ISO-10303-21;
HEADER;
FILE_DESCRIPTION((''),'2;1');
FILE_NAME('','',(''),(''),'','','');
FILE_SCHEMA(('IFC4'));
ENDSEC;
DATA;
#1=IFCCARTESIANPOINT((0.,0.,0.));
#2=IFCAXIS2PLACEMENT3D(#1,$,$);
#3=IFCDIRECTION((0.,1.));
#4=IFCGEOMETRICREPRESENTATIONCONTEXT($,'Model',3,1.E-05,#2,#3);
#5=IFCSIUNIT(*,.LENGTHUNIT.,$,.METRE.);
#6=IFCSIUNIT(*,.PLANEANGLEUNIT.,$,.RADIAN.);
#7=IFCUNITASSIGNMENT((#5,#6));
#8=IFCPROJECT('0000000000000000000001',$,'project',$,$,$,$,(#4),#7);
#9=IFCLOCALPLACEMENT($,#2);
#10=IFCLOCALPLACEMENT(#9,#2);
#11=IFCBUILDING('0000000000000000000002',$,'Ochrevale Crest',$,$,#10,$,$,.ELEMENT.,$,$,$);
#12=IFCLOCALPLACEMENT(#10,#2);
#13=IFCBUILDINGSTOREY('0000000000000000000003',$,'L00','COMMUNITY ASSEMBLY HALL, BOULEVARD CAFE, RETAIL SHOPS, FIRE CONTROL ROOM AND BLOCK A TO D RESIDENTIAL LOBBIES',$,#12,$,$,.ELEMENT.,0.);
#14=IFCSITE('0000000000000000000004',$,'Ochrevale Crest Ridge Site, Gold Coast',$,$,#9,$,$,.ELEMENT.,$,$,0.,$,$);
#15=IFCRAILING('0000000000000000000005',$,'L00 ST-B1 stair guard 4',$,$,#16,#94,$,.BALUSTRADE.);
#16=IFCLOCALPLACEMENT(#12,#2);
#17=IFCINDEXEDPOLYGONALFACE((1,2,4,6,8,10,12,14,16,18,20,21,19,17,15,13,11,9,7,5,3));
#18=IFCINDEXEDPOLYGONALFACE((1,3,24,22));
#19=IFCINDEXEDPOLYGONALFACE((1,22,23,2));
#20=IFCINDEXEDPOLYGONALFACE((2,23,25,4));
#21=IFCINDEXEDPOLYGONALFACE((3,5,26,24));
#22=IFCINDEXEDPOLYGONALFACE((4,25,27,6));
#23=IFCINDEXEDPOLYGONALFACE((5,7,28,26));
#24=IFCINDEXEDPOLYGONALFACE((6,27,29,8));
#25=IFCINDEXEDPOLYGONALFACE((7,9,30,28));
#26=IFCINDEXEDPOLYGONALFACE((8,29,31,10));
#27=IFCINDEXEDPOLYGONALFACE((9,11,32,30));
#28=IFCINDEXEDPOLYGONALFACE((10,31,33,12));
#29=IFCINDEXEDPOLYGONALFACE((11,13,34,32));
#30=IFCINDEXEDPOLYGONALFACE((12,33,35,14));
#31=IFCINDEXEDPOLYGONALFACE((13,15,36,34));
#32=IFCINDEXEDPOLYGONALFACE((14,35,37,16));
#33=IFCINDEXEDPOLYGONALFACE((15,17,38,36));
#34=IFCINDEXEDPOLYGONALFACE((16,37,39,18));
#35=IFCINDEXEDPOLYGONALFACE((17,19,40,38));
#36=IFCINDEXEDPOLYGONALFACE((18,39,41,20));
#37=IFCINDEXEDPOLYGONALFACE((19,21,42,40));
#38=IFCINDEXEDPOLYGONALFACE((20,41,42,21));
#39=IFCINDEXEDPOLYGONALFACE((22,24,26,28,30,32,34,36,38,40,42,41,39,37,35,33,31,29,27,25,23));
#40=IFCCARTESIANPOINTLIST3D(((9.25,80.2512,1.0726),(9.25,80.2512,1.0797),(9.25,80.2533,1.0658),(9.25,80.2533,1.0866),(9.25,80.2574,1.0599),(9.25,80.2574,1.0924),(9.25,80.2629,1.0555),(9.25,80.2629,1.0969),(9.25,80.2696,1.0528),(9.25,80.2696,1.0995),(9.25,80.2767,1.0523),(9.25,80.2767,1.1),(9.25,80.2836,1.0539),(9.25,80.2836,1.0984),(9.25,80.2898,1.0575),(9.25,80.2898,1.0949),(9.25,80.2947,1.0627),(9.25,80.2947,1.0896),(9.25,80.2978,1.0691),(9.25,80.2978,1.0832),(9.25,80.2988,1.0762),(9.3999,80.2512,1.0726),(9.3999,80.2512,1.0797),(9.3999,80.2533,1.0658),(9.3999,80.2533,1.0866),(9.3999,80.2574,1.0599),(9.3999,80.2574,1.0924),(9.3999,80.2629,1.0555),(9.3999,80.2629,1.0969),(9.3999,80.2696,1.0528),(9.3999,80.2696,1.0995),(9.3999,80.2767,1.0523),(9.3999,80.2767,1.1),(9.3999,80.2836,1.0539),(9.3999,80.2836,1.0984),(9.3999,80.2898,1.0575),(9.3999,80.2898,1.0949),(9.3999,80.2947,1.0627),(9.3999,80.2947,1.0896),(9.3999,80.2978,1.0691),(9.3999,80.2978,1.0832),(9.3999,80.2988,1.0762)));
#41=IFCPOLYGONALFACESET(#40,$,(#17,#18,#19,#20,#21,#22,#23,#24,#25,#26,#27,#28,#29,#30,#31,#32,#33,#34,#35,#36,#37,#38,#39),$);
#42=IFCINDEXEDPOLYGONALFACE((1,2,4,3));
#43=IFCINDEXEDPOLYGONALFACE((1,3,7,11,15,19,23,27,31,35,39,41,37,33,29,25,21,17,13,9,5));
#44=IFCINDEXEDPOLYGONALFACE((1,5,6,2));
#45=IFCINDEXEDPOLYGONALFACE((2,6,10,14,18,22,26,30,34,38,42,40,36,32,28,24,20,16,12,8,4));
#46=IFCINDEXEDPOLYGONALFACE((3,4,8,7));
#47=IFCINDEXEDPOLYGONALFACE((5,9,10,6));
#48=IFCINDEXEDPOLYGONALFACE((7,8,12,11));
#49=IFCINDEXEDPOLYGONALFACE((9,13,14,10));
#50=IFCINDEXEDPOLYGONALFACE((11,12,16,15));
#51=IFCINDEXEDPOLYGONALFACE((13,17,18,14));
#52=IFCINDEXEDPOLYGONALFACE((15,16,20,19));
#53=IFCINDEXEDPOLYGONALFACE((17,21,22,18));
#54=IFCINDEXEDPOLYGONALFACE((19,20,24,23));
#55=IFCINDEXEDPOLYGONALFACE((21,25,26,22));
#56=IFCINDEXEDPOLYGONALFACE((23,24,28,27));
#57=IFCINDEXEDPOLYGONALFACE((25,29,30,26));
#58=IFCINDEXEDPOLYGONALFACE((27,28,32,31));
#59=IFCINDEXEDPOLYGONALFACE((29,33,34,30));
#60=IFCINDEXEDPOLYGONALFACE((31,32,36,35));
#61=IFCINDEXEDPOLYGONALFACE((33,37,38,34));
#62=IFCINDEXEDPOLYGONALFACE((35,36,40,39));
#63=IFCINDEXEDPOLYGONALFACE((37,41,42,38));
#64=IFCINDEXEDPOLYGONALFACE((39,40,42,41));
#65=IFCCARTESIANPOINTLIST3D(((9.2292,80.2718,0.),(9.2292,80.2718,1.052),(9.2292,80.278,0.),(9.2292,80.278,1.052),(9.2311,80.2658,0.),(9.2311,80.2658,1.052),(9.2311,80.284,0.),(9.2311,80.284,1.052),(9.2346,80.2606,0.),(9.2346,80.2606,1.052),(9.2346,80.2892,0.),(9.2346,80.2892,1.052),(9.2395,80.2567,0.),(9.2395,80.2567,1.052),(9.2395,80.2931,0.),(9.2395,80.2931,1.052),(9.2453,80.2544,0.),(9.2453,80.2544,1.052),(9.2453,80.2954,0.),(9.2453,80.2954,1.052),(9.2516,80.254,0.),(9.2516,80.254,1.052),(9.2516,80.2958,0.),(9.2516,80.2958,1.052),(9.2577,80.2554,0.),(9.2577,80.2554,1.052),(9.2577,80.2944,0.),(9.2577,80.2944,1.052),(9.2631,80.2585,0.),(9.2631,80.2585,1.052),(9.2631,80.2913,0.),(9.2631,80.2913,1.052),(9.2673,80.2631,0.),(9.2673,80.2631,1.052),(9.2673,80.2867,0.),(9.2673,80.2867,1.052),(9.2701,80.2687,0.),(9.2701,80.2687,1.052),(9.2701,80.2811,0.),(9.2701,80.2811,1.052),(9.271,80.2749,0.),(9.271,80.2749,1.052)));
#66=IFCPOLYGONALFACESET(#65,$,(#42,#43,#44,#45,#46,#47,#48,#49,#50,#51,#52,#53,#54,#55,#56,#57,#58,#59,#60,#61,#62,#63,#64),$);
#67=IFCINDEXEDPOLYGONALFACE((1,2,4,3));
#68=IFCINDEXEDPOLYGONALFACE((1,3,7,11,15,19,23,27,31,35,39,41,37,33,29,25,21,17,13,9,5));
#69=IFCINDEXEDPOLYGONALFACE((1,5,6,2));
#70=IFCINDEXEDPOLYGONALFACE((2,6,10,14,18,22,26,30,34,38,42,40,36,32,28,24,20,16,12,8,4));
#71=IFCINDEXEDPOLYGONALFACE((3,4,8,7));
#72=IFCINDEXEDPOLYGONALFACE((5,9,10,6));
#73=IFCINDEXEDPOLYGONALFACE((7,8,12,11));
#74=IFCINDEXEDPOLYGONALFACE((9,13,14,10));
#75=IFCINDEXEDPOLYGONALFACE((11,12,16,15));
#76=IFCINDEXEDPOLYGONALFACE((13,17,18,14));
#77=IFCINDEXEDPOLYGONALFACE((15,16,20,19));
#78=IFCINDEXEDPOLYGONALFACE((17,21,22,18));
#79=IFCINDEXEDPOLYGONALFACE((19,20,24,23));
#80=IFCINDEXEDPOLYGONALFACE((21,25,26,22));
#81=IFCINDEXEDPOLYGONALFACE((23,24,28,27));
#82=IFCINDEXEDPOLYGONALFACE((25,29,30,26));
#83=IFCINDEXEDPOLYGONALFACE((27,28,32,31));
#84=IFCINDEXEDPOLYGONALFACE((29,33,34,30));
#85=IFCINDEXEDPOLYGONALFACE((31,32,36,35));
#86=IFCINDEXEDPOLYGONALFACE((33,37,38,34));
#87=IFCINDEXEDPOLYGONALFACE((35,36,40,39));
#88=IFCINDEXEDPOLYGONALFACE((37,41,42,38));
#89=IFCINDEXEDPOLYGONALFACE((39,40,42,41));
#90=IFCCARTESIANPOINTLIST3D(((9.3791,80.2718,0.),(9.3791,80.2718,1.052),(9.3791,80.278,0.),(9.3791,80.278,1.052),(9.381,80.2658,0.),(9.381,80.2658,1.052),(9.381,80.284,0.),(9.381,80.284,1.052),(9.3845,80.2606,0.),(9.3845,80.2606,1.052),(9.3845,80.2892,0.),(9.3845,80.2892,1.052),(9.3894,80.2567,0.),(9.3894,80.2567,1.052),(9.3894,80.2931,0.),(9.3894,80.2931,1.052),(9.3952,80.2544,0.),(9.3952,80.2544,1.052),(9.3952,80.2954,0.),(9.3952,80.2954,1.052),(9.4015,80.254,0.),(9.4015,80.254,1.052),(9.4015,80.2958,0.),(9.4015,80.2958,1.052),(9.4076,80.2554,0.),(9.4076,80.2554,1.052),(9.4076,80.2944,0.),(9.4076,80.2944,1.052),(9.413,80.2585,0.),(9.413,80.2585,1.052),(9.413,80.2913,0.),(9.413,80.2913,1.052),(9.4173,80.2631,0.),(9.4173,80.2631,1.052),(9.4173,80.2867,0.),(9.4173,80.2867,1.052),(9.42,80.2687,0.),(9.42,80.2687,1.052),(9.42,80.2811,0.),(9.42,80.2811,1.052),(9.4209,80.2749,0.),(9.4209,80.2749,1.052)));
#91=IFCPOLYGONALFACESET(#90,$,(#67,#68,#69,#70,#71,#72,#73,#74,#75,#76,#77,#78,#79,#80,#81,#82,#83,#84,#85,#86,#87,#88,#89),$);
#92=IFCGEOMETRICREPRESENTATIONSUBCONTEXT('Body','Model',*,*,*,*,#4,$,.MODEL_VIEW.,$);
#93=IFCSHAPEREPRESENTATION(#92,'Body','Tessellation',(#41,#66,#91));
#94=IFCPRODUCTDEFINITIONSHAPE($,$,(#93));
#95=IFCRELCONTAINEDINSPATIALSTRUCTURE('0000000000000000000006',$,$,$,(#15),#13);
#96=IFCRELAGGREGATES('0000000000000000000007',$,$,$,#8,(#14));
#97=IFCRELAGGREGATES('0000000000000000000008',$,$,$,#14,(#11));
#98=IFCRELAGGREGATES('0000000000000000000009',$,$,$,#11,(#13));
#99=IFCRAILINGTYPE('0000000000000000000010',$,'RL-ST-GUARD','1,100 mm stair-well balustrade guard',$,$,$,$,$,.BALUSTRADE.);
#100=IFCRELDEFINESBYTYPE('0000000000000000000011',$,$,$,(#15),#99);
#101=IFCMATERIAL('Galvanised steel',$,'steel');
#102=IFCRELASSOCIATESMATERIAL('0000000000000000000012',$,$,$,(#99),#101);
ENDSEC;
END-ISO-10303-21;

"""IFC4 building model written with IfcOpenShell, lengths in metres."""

from ifc_helpers import new_model, si_unit, direction, frame, origin, origin_2d, place, context, subcontext, project, spatial, circle, extrude, material, type_object, element, save


model = new_model("IFC4")

# Units and contexts
model_context = context("Model", 3, precision=1e-05, world=origin(), true_north=direction((0.0, 1.0)))
body_context = subcontext(model_context, "Body", "Model", "MODEL_VIEW")
ifc_project = project(units=[si_unit("LENGTHUNIT", "METRE"), si_unit("PLANEANGLEUNIT", "RADIAN")], contexts=[model_context])

# Site, building, storey
site_placement = place(None, origin())
site = spatial("IfcSite", under=ifc_project, at=site_placement, Name="Ochrevale Crest Ridge Site, Gold Coast", CompositionType="ELEMENT", RefElevation=0.0)
building_placement = place(site_placement, origin())
building = spatial("IfcBuilding", under=site, at=building_placement, Name="Ochrevale Crest", CompositionType="ELEMENT")
storey_placement = place(building_placement, origin())
storey = spatial("IfcBuildingStorey", under=building, at=storey_placement, Name="L00", Description="COMMUNITY ASSEMBLY HALL, BOULEVARD CAFE, RETAIL SHOPS, FIRE CONTROL ROOM AND BLOCK A TO D RESIDENTIAL LOBBIES", CompositionType="ELEMENT", Elevation=0.0)

# Railing
ifc_material_1 = material(Name="Galvanised steel", Category="steel")
railing_type_1 = type_object("IfcRailingType", Name="RL-ST-GUARD", Description="1,100 mm stair-well balustrade guard", PredefinedType="BALUSTRADE", material=ifc_material_1)
railing_1_placement = place(storey_placement, frame((9.25, 80.2749, 0.0)))
element("IfcRailing", 1, at=railing_1_placement, inside=storey, type_object=railing_type_1, Name="L00 ST-B1 stair guard 4", PredefinedType="BALUSTRADE", context=body_context, shape_type="SweptSolid", body=[
    extrude(circle(Radius=0.0239, at=origin_2d()), frame((0.0, 0.0, 1.0762), z_axis=(1.0, 0.0, 0.0), x_axis=(0.0, 1.0, 0.0)), (0.0, 0.0, 1.0), 0.1499),
    extrude(circle(Radius=0.021, at=origin_2d()), origin(), (0.0, 0.0, 1.0), 1.052),
    extrude(circle(Radius=0.021, at=origin_2d()), frame((0.1499, 0.0, 0.0)), (0.0, 0.0, 1.0), 1.052),
])

save(model, "model.ifc")
